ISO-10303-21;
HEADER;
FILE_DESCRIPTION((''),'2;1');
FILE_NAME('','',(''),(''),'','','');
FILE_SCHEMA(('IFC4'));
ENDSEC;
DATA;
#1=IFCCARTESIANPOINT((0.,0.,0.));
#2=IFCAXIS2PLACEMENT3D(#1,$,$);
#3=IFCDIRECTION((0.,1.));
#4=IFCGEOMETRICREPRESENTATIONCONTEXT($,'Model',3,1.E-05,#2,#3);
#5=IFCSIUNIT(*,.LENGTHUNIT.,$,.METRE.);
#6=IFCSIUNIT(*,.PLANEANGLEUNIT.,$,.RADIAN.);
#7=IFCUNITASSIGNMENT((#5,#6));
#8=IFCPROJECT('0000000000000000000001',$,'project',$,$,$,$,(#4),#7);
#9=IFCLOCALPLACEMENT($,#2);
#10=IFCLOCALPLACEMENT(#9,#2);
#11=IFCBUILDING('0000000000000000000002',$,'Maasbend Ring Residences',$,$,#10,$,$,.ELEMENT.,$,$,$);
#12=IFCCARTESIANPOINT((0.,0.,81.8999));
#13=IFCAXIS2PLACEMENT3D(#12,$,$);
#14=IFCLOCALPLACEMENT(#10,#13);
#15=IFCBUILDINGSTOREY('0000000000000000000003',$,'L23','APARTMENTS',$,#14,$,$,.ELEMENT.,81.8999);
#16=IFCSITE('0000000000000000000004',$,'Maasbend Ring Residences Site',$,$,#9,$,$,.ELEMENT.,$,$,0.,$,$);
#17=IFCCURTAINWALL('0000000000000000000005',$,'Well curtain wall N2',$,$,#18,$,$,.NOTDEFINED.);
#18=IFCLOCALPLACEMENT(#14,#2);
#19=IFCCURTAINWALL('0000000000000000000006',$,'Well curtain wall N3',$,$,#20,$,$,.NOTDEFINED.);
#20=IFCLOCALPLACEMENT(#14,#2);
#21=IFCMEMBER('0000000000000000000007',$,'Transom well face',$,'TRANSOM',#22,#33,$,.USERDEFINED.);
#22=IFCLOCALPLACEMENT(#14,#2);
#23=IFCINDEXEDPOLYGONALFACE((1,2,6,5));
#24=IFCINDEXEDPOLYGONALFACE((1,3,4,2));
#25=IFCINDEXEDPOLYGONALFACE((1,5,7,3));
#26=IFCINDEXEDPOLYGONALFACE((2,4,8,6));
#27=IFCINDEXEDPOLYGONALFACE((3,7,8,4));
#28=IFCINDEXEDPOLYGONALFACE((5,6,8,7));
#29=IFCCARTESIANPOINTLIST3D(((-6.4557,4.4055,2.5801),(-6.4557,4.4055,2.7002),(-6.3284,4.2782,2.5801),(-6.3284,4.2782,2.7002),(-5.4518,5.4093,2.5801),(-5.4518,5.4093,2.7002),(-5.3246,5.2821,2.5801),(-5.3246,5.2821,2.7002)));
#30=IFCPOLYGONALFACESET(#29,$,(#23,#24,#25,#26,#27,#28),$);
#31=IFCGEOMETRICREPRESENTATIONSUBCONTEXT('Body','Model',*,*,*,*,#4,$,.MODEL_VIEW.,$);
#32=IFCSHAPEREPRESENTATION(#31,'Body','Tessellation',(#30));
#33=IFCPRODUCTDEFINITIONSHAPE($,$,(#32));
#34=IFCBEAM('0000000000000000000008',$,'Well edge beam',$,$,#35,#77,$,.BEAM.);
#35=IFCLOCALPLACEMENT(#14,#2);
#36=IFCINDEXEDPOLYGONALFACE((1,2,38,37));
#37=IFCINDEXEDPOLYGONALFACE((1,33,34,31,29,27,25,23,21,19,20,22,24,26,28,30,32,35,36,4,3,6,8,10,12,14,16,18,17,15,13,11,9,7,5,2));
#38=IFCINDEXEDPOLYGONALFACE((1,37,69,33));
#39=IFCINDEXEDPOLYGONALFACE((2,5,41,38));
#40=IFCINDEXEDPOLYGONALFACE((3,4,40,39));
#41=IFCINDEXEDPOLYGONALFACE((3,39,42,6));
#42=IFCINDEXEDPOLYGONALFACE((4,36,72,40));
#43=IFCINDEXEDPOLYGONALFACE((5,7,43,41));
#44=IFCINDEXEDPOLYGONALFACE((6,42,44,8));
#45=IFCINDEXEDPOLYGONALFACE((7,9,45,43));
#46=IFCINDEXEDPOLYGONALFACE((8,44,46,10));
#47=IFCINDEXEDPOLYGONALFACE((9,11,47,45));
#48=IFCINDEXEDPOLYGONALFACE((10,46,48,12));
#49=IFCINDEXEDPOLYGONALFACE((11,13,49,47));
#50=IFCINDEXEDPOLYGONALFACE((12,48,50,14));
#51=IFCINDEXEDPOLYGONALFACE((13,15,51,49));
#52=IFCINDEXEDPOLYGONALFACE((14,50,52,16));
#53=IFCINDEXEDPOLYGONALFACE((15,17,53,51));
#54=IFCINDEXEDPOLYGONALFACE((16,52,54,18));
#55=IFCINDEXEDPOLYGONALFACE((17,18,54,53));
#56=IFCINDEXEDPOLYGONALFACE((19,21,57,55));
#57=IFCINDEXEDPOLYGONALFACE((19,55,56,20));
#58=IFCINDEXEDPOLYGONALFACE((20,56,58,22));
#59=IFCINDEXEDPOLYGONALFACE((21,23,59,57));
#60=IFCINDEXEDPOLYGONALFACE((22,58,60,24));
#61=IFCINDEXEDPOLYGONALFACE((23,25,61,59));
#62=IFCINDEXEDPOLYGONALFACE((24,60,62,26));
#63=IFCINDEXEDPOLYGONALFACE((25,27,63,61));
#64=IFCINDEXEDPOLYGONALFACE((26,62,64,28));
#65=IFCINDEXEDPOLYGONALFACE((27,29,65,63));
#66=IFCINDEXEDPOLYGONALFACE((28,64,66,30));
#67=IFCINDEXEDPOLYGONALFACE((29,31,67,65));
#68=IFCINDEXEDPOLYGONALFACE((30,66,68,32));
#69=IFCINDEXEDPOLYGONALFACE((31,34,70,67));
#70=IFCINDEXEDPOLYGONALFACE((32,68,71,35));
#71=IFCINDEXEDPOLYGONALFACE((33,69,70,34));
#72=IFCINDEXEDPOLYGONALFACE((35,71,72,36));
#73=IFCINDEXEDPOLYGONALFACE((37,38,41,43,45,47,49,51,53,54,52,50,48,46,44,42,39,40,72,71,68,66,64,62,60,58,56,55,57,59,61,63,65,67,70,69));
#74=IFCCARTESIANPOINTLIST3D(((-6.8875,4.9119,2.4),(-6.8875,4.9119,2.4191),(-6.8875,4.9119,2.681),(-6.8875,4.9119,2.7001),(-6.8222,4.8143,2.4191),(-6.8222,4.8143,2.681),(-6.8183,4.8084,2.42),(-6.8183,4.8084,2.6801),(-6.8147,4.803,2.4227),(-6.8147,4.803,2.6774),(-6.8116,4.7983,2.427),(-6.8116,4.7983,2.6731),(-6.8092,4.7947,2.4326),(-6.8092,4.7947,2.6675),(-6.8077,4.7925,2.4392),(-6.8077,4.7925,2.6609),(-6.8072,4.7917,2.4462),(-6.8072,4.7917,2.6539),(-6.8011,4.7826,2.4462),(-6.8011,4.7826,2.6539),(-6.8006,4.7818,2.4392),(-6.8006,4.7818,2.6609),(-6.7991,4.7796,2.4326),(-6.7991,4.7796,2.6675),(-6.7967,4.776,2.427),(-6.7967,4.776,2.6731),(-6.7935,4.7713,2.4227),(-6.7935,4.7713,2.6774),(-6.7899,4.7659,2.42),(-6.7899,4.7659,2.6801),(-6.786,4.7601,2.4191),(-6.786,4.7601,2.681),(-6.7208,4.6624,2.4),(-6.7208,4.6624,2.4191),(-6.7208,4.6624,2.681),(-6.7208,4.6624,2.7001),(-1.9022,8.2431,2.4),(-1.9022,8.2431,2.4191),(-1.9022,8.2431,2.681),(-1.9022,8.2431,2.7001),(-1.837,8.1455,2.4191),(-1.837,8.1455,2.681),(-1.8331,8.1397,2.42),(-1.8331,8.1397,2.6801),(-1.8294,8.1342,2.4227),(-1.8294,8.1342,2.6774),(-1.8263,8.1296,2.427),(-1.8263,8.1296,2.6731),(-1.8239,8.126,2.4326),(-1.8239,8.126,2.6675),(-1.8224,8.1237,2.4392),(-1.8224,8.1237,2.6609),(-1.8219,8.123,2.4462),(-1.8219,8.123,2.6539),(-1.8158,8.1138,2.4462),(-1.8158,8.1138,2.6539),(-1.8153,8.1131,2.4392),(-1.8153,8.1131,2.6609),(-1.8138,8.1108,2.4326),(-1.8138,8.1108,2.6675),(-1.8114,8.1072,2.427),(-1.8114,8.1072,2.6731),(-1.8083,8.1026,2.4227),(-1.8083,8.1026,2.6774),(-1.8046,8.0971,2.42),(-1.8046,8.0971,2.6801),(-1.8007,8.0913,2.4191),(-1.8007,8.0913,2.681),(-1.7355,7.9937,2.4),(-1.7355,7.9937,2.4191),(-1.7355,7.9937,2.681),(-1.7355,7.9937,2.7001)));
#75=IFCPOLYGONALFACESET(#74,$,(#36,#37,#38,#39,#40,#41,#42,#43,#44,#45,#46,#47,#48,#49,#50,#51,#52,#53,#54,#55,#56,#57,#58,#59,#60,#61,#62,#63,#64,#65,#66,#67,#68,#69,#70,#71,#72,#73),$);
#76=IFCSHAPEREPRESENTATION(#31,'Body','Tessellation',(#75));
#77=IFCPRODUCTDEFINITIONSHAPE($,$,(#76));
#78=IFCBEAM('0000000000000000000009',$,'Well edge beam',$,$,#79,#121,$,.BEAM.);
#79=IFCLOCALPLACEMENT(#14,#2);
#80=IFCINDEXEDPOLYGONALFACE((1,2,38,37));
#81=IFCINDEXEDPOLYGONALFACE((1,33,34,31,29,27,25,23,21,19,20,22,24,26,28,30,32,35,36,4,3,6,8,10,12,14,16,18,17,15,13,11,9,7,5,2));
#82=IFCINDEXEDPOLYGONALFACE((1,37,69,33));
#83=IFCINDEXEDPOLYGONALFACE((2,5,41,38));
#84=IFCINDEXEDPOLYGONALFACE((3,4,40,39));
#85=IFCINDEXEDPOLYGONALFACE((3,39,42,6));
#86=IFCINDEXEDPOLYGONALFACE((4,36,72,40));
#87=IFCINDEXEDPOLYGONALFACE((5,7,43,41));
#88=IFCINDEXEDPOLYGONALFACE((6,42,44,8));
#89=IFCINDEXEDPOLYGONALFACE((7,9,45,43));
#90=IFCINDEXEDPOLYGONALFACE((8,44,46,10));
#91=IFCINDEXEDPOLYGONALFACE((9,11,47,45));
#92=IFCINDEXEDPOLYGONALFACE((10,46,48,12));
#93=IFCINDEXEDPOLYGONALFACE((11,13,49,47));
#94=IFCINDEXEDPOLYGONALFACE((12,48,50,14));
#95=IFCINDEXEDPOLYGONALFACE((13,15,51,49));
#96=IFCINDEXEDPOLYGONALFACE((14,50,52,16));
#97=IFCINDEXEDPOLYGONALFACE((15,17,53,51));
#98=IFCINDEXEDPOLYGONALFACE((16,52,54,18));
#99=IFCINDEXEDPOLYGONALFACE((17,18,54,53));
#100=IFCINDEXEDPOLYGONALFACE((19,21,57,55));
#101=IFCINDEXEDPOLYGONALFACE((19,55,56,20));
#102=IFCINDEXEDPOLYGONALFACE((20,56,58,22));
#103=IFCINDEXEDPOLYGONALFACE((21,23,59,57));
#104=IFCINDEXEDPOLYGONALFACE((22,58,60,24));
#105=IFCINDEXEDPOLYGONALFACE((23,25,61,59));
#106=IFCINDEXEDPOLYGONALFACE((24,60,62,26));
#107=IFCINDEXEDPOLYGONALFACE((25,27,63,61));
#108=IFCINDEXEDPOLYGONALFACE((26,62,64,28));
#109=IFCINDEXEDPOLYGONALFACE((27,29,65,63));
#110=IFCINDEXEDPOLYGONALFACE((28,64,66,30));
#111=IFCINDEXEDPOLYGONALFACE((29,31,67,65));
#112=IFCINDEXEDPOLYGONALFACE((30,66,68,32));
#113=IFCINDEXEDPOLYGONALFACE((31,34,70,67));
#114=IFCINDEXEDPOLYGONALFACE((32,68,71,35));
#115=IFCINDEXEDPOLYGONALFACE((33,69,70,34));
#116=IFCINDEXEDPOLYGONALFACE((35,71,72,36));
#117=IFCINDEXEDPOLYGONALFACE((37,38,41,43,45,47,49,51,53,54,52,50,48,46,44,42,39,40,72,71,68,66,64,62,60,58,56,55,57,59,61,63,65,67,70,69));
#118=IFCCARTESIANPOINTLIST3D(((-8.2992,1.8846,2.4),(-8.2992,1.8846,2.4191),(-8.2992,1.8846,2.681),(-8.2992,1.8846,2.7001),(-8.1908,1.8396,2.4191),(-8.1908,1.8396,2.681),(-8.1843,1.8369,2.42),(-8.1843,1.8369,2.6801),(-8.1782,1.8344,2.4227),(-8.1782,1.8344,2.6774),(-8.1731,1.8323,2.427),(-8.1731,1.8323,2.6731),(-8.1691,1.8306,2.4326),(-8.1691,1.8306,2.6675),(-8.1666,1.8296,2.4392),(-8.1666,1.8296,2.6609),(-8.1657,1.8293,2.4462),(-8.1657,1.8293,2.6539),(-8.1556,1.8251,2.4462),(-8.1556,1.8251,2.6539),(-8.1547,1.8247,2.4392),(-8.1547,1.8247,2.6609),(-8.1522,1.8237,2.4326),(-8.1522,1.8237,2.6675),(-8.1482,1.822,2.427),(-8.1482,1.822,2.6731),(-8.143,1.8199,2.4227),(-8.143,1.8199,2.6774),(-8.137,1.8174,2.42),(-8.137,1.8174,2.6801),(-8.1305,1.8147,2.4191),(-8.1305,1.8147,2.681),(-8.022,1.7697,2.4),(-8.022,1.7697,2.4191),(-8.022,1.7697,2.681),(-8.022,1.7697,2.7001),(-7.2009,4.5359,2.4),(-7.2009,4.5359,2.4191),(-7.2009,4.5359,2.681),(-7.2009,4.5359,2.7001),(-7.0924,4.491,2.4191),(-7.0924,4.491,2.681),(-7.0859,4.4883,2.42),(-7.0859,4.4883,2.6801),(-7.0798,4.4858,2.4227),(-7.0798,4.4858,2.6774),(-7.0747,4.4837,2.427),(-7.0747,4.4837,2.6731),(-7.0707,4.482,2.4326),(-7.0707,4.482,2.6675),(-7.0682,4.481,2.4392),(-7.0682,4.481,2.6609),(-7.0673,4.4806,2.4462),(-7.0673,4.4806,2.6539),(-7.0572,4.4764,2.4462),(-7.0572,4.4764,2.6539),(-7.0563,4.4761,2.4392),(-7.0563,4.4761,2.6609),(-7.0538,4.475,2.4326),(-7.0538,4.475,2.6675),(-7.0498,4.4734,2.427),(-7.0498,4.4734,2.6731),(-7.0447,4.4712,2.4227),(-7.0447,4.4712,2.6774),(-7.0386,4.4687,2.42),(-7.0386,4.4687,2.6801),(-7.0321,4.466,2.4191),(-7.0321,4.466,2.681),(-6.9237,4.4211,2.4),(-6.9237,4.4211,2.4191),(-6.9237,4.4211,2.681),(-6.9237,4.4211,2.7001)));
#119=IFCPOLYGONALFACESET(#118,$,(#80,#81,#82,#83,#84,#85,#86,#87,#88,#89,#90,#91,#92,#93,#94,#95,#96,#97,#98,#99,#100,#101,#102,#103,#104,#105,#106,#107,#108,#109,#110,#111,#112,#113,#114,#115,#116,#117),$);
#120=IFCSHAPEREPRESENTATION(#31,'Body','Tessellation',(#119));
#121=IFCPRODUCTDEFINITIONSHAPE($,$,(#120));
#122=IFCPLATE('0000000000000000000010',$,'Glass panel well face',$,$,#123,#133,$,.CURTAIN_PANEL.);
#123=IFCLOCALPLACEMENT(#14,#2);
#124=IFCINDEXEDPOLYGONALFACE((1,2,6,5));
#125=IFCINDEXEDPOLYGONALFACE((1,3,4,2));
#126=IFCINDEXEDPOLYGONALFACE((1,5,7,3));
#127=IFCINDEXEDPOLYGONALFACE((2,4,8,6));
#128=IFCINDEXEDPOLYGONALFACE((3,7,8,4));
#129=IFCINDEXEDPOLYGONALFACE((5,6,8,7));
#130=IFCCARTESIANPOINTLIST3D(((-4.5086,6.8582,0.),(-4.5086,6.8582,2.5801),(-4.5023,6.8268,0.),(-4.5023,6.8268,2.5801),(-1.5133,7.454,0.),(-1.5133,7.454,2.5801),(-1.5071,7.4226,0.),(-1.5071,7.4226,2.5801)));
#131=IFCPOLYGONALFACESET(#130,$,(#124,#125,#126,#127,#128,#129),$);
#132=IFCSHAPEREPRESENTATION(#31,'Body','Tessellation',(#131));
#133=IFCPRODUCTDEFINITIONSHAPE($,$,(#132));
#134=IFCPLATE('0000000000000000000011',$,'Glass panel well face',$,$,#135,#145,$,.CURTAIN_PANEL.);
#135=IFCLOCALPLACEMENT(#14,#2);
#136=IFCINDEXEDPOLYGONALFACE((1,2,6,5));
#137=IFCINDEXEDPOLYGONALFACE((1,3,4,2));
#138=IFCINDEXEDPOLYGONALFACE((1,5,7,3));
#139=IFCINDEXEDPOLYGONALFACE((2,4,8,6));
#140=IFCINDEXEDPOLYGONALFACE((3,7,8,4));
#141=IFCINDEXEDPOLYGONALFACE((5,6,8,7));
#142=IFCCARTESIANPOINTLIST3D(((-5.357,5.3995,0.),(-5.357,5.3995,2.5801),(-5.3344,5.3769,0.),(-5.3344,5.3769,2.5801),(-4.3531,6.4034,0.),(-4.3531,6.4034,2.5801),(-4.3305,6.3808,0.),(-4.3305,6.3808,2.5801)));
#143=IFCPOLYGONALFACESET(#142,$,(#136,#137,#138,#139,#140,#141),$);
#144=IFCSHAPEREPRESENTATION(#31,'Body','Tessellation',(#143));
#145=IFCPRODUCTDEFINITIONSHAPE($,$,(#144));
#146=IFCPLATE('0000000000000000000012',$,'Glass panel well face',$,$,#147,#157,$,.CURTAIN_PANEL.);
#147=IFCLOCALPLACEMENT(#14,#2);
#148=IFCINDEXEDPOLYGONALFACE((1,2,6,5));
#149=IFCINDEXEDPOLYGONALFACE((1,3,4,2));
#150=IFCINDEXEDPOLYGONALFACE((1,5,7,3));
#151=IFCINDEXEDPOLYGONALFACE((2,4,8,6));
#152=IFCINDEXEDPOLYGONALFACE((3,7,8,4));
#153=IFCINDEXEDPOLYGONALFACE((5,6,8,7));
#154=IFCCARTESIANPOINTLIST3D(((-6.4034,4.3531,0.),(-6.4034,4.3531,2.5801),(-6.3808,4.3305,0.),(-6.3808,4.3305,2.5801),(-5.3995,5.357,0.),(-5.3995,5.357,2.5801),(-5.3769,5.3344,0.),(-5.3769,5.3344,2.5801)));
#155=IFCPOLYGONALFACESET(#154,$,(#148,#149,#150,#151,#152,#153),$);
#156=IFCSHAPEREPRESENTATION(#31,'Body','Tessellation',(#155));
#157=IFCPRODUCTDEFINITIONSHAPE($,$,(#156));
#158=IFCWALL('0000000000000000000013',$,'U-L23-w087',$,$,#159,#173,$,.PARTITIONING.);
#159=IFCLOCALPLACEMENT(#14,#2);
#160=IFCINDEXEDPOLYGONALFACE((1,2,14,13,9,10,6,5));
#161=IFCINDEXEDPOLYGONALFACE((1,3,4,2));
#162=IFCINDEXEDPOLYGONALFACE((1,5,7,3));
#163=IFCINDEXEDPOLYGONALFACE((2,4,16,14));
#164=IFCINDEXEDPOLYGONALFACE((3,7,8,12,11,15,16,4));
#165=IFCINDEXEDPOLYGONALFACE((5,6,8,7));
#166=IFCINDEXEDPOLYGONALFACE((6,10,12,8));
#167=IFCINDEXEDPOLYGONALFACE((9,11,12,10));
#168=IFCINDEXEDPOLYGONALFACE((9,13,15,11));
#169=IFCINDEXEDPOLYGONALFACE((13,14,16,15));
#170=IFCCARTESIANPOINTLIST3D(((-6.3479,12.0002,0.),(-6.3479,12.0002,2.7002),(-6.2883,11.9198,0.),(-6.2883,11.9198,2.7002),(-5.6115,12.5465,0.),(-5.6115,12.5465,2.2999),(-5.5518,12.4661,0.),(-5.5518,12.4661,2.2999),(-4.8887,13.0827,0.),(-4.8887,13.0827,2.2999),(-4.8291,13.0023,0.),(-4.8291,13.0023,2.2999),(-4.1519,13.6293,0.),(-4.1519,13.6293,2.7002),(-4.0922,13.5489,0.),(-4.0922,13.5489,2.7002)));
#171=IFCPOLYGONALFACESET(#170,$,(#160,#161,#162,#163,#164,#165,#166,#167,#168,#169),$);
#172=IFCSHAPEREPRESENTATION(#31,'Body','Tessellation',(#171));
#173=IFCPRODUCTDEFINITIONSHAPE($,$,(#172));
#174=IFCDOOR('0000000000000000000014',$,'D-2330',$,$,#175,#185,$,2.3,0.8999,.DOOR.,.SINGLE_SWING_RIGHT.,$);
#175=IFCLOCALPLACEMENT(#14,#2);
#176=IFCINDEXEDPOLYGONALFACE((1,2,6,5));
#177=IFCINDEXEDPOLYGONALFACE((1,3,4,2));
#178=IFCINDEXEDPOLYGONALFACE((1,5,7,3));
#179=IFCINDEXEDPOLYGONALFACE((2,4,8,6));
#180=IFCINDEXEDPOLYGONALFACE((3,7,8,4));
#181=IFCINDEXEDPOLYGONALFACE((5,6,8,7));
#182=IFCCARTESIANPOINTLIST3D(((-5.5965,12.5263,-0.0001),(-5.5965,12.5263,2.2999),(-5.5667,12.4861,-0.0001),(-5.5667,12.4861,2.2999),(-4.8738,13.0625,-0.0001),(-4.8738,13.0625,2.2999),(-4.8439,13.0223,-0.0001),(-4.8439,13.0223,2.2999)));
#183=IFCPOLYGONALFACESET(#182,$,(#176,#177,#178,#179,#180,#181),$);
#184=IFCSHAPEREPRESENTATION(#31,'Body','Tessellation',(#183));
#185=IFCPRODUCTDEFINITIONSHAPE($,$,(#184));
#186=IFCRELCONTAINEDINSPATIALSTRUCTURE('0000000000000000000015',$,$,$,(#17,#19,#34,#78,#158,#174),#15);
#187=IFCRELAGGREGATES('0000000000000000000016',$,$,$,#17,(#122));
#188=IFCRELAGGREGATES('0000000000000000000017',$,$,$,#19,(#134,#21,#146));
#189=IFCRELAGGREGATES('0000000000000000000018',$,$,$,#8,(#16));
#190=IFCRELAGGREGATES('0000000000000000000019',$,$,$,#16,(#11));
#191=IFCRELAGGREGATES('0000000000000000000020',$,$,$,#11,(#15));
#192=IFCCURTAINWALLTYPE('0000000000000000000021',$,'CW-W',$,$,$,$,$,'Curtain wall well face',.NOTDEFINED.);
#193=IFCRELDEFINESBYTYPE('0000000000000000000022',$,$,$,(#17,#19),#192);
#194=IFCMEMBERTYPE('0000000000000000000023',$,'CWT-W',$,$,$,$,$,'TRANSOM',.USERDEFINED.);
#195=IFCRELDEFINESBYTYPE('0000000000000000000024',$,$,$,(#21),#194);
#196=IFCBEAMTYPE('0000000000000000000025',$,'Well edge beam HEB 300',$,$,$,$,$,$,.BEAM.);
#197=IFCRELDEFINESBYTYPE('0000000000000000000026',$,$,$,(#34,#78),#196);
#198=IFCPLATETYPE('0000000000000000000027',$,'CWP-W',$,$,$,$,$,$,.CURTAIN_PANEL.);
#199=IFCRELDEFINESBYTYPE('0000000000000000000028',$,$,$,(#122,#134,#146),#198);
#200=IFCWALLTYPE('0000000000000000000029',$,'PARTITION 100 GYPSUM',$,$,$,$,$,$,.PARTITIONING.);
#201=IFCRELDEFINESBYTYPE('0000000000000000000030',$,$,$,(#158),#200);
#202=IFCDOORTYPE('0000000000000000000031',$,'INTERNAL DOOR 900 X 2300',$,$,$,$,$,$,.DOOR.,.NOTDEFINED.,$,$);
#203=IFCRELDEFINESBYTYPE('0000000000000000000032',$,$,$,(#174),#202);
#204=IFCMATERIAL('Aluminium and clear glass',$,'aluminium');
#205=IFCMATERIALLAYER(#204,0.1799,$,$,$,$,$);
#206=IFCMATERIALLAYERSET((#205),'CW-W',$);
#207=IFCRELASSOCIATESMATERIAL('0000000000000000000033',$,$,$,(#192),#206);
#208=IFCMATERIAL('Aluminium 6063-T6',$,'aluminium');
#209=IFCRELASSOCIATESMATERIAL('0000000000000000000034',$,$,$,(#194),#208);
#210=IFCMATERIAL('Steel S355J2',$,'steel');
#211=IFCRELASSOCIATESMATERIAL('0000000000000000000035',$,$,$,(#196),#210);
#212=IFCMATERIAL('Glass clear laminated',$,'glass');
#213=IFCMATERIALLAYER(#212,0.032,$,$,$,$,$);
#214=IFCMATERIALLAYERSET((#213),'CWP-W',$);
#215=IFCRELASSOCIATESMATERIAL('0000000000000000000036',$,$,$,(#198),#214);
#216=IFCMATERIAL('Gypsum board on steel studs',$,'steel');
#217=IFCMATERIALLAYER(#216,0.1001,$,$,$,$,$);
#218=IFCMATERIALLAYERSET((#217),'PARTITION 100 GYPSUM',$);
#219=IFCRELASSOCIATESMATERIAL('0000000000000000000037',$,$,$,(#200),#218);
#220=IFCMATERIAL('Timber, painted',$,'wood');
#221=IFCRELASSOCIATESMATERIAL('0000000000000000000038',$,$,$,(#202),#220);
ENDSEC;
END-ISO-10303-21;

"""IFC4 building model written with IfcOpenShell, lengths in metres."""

from ifc_helpers import new_model, si_unit, direction, frame, frame_2d, origin, origin_2d, place, context, subcontext, project, spatial, rectangle, i_section, extrude, material, layer, layer_set, material_profile, profile_set, type_object, element, fill, aggregate, save


model = new_model("IFC4")

# Units and contexts
model_context = context("Model", 3, precision=1e-05, world=origin(), true_north=direction((0.0, 1.0)))
body_context = subcontext(model_context, "Body", "Model", "MODEL_VIEW")
ifc_project = project(units=[si_unit("LENGTHUNIT", "METRE"), si_unit("PLANEANGLEUNIT", "RADIAN")], contexts=[model_context])

# Site, building, storey
site_placement = place(None, origin())
site = spatial("IfcSite", under=ifc_project, at=site_placement, Name="Maasbend Ring Residences Site", CompositionType="ELEMENT", RefElevation=0.0)
building_placement = place(site_placement, origin())
building = spatial("IfcBuilding", under=site, at=building_placement, Name="Maasbend Ring Residences", CompositionType="ELEMENT")
storey_placement = place(building_placement, frame((0.0, 0.0, 81.8999)))
storey = spatial("IfcBuildingStorey", under=building, at=storey_placement, Name="L23", Description="APARTMENTS", CompositionType="ELEMENT", Elevation=81.8999)

# Curtain walls
ifc_material_1 = material(Name="Aluminium and clear glass", Category="aluminium")
ifc_layer_1 = layer(ifc_material_1, 0.1799)
ifc_layer_set_1 = layer_set([ifc_layer_1], Name="CW-W")
curtain_wall_type = type_object("IfcCurtainWallType", Name="CW-W", ElementType="Curtain wall well face", PredefinedType="NOTDEFINED", material=ifc_layer_set_1)
curtain_wall_1_placement = place(storey_placement, origin())
curtain_wall_1 = element("IfcCurtainWall", 1, at=curtain_wall_1_placement, inside=storey, type_object=curtain_wall_type, Name="Well curtain wall N2", PredefinedType="NOTDEFINED")
curtain_wall_2_placement = place(storey_placement, origin())
curtain_wall_2 = element("IfcCurtainWall", 2, at=curtain_wall_2_placement, inside=storey, type_object=curtain_wall_type, Name="Well curtain wall N3", PredefinedType="NOTDEFINED")

# Member
ifc_material_2 = material(Name="Aluminium 6063-T6", Category="aluminium")
ifc_material_profile_1 = material_profile(ifc_material_2, rectangle(XDim=0.1799, YDim=0.1201, at=origin_2d()), Name="AL 180x120")
ifc_profile_set_1 = profile_set([ifc_material_profile_1], Name="Aluminium 6063-T6")
member_type_1 = type_object("IfcMemberType", Name="CWT-W", ElementType="TRANSOM", PredefinedType="USERDEFINED", material=ifc_profile_set_1)
member_1_placement = place(storey_placement, frame((-5.3882, 5.3457, 2.6401), z_axis=(-0.707107, -0.707107, 0.0), x_axis=(0.707107, -0.707107, 0.0)))
member_1 = element("IfcMember", 3, at=member_1_placement, type_object=member_type_1, Name="Transom well face", ObjectType="TRANSOM", PredefinedType="USERDEFINED", context=body_context, shape_type="SweptSolid", body=[
    extrude(rectangle(XDim=0.1799, YDim=0.1201, at=origin_2d()), origin(), (0.0, 0.0, 1.0), 1.4197),
])

# Beams
ifc_material_3 = material(Name="Steel S355J2", Category="steel")
ifc_material_profile_2 = material_profile(ifc_material_3, i_section(OverallWidth=0.3, OverallDepth=0.3, WebThickness=0.011, FlangeThickness=0.019, FilletRadius=0.0271, at=origin_2d()), Name="HEB 300")
ifc_profile_set_2 = profile_set([ifc_material_profile_2], Name="Steel S355J2")
beam_type = type_object("IfcBeamType", Name="Well edge beam HEB 300", PredefinedType="BEAM", material=ifc_profile_set_2)
beam_1_placement = place(storey_placement, frame((-1.8188, 8.1184, 2.55), z_axis=(-0.831455, -0.555593, 0.0), x_axis=(0.555593, -0.831455, 0.0)))
element("IfcBeam", 4, at=beam_1_placement, inside=storey, type_object=beam_type, Name="Well edge beam", PredefinedType="BEAM", context=body_context, shape_type="SweptSolid", body=[
    extrude(i_section(OverallWidth=0.3, OverallDepth=0.3, WebThickness=0.011, FlangeThickness=0.019, FilletRadius=0.0271, at=origin_2d()), origin(), (0.0, 0.0, 1.0), 5.9958),
])
beam_2_placement = place(storey_placement, frame((-7.0623, 4.4785, 2.55), z_axis=(-0.38273, -0.92386, 0.0), x_axis=(0.92386, -0.38273, 0.0)))
element("IfcBeam", 5, at=beam_2_placement, inside=storey, type_object=beam_type, Name="Well edge beam", PredefinedType="BEAM", context=body_context, shape_type="SweptSolid", body=[
    extrude(i_section(OverallWidth=0.3, OverallDepth=0.3, WebThickness=0.011, FlangeThickness=0.019, FilletRadius=0.0271, at=origin_2d()), origin(), (0.0, 0.0, 1.0), 2.8699),
])

# Plates
ifc_material_4 = material(Name="Glass clear laminated", Category="glass")
ifc_layer_2 = layer(ifc_material_4, 0.032)
ifc_layer_set_2 = layer_set([ifc_layer_2], Name="CWP-W")
plate_type = type_object("IfcPlateType", Name="CWP-W", PredefinedType="CURTAIN_PANEL", material=ifc_layer_set_2)
plate_1_placement = place(storey_placement, frame((-3.0078, 7.1404, 0.0), z_axis=(0.0, 0.0, 1.0), x_axis=(-0.980785, -0.19509, 0.0)))
plate_1 = element("IfcPlate", 6, at=plate_1_placement, type_object=plate_type, Name="Glass panel well face", PredefinedType="CURTAIN_PANEL", context=body_context, shape_type="SweptSolid", body=[
    extrude(rectangle(XDim=3.054, YDim=0.032, at=origin_2d()), origin(), (0.0, 0.0, 1.0), 2.5801),
])
aggregate(curtain_wall_1, [plate_1])
plate_2_placement = place(storey_placement, frame((-4.8438, 5.8901, 0.0), z_axis=(0.0, 0.0, 1.0), x_axis=(-0.707107, -0.707107, 0.0)))
plate_2 = element("IfcPlate", 7, at=plate_2_placement, type_object=plate_type, Name="Glass panel well face", PredefinedType="CURTAIN_PANEL", context=body_context, shape_type="SweptSolid", body=[
    extrude(rectangle(XDim=1.4197, YDim=0.032, at=origin_2d()), origin(), (0.0, 0.0, 1.0), 2.5801),
])
plate_3_placement = place(storey_placement, frame((-5.8901, 4.8438, 0.0), z_axis=(0.0, 0.0, 1.0), x_axis=(-0.707107, -0.707107, 0.0)))
plate_3 = element("IfcPlate", 8, at=plate_3_placement, type_object=plate_type, Name="Glass panel well face", PredefinedType="CURTAIN_PANEL", context=body_context, shape_type="SweptSolid", body=[
    extrude(rectangle(XDim=1.4197, YDim=0.032, at=origin_2d()), origin(), (0.0, 0.0, 1.0), 2.5801),
])
aggregate(curtain_wall_2, [plate_2, member_1, plate_3])

# Wall, opening, door
ifc_material_5 = material(Name="Gypsum board on steel studs", Category="steel")
ifc_layer_3 = layer(ifc_material_5, 0.1001)
ifc_layer_set_3 = layer_set([ifc_layer_3], Name="PARTITION 100 GYPSUM")
wall_type_1 = type_object("IfcWallType", Name="PARTITION 100 GYPSUM", PredefinedType="PARTITIONING", material=ifc_layer_set_3)
wall_1_placement = place(storey_placement, frame((-6.3181, 11.96, 0.0), z_axis=(0.0, 0.0, 1.0), x_axis=(0.803128, 0.595806, 0.0)))
wall_1 = element("IfcWall", 9, at=wall_1_placement, inside=storey, type_object=wall_type_1, Name="U-L23-w087", PredefinedType="PARTITIONING", context=body_context, shape_type="SweptSolid", body=[
    extrude(rectangle(XDim=2.7344, YDim=0.1001, at=frame_2d((1.3672, 0.0))), origin(), (0.0, 0.0, 1.0), 2.7002),
])
opening_placement = place(wall_1_placement, frame((0.917, 0.0, 0.0)))
opening = element("IfcOpeningElement", 10, at=opening_placement, cuts=wall_1, PredefinedType="OPENING", context=body_context, shape_type="SweptSolid", body=[
    extrude(rectangle(XDim=0.8999, YDim=2.3, at=frame_2d((0.45, 1.1499))), frame((0.0, 0.0601, 0.0), z_axis=(0.0, -1.0, 0.0), x_axis=(1.0, 0.0, 0.0)), (0.0, 0.0, 1.0), 0.1201),
])
ifc_material_6 = material(Name="Timber, painted", Category="wood")
door_type = type_object("IfcDoorType", Name="INTERNAL DOOR 900 X 2300", OperationType="NOTDEFINED", PredefinedType="DOOR", material=ifc_material_6)
door_placement = place(opening_placement, origin())
door = element("IfcDoor", 11, at=door_placement, inside=storey, type_object=door_type, Name="D-2330", OperationType="SINGLE_SWING_RIGHT", OverallHeight=2.3, OverallWidth=0.8999, PredefinedType="DOOR", context=body_context, shape_type="SweptSolid", body=[
    extrude(rectangle(XDim=0.8999, YDim=2.3, at=frame_2d((0.45, 1.1499))), frame((0.0, 0.0249, 0.0), z_axis=(0.0, -1.0, 0.0), x_axis=(1.0, 0.0, 0.0)), (0.0, 0.0, 1.0), 0.05),
])
fill(opening, door)

save(model, "model.ifc")
